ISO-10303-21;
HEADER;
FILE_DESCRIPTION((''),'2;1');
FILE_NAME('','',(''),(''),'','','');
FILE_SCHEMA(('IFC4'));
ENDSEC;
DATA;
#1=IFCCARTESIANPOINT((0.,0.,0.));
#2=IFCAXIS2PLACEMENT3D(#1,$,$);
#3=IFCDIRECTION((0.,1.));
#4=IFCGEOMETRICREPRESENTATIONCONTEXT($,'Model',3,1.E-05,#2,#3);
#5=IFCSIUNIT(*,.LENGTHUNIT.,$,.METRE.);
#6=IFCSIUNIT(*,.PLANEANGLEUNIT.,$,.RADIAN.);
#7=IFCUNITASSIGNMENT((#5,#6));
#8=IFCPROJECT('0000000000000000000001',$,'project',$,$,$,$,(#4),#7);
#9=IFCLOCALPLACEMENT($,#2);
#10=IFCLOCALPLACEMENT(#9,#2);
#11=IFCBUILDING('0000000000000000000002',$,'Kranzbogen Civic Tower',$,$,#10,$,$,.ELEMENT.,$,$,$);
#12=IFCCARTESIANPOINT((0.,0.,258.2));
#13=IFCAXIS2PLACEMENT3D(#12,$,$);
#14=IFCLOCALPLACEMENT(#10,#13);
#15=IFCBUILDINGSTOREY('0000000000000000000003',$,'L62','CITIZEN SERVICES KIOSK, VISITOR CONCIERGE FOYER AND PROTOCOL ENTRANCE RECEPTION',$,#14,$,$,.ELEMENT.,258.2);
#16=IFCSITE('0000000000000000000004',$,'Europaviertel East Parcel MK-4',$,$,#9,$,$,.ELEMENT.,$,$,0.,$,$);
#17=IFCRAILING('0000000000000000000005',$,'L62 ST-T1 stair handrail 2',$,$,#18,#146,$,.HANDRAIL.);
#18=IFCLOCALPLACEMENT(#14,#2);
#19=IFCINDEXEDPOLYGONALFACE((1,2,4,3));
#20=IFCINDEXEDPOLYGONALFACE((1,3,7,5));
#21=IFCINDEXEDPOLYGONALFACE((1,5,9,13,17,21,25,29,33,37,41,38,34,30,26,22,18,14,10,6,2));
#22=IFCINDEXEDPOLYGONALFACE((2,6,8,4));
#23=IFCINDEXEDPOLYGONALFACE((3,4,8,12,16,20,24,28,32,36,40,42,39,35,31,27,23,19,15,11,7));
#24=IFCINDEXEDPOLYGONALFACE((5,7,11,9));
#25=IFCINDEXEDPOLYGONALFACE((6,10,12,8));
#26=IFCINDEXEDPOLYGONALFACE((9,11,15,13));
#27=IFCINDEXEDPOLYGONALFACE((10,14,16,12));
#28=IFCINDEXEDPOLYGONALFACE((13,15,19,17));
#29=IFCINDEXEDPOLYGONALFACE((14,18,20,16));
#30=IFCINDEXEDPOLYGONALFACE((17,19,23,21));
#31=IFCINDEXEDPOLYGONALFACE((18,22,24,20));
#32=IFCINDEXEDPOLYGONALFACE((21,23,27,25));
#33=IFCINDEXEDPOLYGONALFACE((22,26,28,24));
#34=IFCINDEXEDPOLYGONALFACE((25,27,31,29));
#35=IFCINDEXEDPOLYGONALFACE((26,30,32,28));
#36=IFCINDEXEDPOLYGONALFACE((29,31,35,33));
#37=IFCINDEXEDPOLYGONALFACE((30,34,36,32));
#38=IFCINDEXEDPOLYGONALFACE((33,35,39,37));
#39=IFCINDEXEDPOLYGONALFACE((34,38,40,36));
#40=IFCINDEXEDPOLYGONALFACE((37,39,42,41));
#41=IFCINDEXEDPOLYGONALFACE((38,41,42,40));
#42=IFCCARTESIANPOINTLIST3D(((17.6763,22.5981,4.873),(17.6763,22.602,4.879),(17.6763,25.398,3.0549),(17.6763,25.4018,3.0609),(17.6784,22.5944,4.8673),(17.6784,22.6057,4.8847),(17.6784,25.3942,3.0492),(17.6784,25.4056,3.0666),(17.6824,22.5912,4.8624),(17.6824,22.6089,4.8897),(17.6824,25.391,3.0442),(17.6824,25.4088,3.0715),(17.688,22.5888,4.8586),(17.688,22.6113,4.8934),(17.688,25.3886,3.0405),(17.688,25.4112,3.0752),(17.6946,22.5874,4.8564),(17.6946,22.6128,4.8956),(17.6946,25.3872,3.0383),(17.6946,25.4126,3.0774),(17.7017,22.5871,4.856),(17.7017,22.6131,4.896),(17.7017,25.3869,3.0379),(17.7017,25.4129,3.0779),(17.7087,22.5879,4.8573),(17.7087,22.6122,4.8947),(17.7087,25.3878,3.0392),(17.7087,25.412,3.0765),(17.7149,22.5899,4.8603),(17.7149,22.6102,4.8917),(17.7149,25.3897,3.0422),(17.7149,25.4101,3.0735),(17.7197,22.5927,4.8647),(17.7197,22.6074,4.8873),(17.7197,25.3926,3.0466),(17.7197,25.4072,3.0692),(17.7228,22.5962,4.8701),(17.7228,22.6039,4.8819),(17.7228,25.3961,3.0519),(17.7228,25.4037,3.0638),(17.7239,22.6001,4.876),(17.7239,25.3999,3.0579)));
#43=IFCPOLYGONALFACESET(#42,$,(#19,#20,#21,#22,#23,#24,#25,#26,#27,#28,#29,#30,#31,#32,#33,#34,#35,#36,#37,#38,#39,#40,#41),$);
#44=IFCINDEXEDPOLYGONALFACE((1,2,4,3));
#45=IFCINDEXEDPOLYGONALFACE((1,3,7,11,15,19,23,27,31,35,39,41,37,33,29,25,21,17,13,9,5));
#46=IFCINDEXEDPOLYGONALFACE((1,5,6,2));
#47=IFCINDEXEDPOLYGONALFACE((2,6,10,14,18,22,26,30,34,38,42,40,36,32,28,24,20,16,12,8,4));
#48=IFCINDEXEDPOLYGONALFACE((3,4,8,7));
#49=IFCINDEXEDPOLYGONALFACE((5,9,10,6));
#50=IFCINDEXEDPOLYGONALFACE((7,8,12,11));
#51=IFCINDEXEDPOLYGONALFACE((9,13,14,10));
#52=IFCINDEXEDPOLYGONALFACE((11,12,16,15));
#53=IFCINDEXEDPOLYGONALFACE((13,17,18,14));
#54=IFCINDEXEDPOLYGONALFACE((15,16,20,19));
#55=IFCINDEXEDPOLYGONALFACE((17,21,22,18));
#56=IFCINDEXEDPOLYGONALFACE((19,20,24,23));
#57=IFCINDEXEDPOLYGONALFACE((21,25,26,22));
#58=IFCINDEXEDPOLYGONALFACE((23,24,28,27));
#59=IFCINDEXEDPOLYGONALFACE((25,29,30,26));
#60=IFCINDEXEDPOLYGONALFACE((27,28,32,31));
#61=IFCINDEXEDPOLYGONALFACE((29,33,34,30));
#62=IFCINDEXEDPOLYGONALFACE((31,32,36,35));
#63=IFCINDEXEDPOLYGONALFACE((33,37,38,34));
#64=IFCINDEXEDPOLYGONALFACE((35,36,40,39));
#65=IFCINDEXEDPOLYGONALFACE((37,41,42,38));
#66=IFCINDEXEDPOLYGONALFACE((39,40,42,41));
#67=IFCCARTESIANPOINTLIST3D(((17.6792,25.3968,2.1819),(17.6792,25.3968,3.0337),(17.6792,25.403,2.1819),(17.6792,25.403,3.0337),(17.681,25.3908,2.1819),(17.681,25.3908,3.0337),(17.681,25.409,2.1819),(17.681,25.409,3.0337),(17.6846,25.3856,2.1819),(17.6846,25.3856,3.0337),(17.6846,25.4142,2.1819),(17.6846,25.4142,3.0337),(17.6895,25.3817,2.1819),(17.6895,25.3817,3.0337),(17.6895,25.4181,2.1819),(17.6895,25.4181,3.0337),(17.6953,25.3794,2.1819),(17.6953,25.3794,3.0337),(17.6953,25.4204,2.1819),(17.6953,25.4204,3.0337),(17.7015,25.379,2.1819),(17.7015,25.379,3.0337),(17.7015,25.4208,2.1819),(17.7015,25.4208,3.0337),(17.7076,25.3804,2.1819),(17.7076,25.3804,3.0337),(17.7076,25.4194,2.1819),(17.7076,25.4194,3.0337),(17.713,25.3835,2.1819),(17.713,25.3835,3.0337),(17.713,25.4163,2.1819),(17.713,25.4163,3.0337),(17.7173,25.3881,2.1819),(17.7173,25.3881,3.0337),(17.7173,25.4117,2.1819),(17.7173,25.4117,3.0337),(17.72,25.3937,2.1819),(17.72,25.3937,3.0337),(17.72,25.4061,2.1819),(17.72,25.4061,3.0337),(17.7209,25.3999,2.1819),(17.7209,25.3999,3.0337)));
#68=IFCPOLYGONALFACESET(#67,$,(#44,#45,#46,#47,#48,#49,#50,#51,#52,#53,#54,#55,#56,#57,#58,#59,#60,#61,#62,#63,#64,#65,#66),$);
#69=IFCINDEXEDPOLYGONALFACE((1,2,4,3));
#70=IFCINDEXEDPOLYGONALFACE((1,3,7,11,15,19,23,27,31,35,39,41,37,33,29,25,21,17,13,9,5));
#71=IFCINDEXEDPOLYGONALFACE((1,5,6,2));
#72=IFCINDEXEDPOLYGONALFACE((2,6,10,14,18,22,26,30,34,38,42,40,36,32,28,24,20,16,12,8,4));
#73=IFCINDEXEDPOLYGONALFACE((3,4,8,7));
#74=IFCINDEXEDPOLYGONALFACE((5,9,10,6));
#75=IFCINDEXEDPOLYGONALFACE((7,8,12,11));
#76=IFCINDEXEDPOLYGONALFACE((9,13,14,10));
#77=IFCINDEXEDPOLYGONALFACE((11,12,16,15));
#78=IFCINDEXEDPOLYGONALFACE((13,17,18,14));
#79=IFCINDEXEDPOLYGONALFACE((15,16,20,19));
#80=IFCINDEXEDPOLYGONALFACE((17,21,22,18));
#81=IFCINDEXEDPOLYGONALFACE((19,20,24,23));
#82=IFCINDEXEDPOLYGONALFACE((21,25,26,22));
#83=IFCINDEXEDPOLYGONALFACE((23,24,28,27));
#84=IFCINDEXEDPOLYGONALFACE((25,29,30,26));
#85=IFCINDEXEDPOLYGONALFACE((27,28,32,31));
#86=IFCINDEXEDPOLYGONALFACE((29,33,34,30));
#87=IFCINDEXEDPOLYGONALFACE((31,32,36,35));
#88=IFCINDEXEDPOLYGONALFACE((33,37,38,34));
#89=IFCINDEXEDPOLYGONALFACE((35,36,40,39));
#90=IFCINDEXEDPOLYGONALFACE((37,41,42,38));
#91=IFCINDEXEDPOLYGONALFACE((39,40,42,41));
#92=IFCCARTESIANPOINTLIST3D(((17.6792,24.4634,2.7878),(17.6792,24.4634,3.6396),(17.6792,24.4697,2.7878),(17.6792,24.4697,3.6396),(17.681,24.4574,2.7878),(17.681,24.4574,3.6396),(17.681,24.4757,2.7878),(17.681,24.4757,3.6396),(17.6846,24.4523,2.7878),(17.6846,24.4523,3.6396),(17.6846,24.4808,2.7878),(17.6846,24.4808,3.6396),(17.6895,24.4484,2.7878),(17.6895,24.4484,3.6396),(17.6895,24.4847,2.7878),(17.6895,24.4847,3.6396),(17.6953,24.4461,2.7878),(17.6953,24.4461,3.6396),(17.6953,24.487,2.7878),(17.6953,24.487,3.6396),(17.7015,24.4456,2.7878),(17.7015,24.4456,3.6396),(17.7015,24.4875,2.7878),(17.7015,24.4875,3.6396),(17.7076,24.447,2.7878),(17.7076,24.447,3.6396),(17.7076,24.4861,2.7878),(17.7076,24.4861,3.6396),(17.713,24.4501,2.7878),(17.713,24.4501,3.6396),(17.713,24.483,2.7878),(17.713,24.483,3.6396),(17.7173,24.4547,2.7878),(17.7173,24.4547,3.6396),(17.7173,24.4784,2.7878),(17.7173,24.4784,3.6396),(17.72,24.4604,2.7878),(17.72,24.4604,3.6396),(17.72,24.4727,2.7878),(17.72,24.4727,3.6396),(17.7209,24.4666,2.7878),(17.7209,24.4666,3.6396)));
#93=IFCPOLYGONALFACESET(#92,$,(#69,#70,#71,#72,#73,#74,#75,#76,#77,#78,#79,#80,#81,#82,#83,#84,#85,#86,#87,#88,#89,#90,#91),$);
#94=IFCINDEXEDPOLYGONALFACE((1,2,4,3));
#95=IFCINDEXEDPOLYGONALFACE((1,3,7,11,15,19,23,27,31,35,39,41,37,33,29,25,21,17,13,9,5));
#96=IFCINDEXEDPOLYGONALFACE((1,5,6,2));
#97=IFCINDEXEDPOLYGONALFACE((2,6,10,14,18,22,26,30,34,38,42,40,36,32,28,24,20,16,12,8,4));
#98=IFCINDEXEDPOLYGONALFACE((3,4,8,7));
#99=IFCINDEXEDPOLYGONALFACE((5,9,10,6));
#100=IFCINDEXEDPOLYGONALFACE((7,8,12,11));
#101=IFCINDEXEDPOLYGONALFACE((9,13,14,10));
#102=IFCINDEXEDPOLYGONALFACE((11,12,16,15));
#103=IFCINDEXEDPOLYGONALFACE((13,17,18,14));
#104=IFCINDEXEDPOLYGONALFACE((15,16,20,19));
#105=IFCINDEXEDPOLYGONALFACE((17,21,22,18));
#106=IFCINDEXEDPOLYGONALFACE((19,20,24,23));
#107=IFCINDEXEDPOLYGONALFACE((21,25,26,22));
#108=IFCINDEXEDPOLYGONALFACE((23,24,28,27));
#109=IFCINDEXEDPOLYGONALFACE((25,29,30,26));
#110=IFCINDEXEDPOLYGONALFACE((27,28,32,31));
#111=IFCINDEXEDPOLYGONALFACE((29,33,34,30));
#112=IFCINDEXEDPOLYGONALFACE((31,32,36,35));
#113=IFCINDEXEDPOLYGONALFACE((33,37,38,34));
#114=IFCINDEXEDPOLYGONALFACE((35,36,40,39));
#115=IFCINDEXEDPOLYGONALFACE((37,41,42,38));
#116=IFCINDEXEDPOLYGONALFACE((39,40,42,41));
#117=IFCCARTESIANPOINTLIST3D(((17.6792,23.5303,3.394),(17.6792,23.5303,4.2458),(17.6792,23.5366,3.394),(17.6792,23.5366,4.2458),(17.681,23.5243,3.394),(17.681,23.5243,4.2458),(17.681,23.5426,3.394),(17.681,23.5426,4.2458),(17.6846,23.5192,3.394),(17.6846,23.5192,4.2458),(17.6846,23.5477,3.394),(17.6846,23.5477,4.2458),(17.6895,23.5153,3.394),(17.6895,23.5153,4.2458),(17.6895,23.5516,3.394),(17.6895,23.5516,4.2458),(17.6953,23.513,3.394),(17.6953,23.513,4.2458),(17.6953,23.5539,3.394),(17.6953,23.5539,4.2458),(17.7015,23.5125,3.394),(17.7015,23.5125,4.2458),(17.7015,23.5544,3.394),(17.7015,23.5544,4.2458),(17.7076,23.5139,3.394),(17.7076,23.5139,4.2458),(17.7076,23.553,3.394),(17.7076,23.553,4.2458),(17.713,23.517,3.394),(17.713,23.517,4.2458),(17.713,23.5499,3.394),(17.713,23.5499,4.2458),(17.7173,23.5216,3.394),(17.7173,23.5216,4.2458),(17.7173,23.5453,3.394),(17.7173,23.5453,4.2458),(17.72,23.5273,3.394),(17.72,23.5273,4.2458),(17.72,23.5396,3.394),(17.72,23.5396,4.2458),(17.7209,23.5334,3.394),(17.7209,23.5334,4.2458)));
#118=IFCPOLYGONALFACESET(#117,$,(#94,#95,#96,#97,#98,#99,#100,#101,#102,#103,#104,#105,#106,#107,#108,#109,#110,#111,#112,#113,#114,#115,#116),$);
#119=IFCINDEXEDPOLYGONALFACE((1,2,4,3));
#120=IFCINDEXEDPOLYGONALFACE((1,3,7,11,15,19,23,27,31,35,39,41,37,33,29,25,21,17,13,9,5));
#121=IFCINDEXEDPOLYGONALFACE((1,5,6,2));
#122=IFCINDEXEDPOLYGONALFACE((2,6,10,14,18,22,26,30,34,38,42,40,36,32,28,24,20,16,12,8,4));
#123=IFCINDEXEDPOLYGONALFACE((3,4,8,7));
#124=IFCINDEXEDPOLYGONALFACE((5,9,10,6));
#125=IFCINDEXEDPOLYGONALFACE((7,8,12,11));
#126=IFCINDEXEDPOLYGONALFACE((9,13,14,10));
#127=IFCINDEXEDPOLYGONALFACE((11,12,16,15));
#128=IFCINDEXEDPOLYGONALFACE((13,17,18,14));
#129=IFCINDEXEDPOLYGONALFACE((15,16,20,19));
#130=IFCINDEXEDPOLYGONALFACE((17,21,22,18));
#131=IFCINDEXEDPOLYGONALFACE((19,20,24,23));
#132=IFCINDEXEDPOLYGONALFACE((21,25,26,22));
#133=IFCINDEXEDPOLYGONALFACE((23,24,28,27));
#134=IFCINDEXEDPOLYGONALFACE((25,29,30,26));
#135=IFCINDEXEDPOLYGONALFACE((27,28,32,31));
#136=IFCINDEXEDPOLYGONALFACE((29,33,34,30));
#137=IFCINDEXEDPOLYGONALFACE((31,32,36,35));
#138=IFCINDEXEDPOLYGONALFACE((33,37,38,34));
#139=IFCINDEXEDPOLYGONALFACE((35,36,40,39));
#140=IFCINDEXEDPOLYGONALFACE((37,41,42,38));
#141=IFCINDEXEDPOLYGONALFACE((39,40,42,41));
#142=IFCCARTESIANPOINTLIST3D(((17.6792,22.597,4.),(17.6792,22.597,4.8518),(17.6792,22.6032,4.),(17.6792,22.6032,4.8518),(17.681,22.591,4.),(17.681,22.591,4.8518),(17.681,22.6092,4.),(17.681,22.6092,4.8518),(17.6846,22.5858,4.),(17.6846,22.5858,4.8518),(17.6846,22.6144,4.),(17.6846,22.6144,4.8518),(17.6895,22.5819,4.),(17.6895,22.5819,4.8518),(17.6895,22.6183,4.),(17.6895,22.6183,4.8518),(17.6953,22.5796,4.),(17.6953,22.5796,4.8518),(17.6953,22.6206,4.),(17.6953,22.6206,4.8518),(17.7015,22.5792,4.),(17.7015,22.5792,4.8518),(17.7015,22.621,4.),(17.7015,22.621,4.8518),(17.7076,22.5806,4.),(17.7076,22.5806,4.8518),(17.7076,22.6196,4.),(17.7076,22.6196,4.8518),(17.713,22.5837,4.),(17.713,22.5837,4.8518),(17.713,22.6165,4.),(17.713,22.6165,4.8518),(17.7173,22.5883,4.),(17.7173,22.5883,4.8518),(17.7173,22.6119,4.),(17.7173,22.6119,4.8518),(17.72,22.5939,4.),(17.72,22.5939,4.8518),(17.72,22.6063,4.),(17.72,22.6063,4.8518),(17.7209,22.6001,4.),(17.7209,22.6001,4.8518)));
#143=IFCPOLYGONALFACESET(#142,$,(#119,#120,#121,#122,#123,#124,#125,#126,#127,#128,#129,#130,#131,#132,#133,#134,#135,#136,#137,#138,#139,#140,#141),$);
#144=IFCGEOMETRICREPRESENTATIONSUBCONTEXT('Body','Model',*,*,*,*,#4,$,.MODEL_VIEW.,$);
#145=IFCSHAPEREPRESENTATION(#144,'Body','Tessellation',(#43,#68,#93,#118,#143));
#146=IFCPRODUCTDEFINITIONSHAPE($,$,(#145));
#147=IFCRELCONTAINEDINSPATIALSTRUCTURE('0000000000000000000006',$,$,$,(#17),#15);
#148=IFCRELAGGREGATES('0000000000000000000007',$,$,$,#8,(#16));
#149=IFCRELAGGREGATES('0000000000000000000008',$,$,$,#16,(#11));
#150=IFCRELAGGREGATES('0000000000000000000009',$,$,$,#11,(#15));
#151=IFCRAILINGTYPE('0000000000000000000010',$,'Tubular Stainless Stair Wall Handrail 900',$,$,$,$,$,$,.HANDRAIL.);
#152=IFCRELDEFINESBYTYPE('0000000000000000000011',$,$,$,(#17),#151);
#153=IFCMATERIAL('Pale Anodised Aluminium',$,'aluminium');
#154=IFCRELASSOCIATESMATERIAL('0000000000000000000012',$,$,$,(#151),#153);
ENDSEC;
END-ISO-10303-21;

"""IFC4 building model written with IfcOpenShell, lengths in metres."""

from ifc_helpers import new_model, si_unit, direction, frame, origin, origin_2d, place, context, subcontext, project, spatial, circle, extrude, material, type_object, element, save


model = new_model("IFC4")

# Units and contexts
model_context = context("Model", 3, precision=1e-05, world=origin(), true_north=direction((0.0, 1.0)))
body_context = subcontext(model_context, "Body", "Model", "MODEL_VIEW")
ifc_project = project(units=[si_unit("LENGTHUNIT", "METRE"), si_unit("PLANEANGLEUNIT", "RADIAN")], contexts=[model_context])

# Site, building, storey
site_placement = place(None, origin())
site = spatial("IfcSite", under=ifc_project, at=site_placement, Name="Europaviertel East Parcel MK-4", CompositionType="ELEMENT", RefElevation=0.0)
building_placement = place(site_placement, origin())
building = spatial("IfcBuilding", under=site, at=building_placement, Name="Kranzbogen Civic Tower", CompositionType="ELEMENT")
storey_placement = place(building_placement, frame((0.0, 0.0, 258.2)))
storey = spatial("IfcBuildingStorey", under=building, at=storey_placement, Name="L62", Description="CITIZEN SERVICES KIOSK, VISITOR CONCIERGE FOYER AND PROTOCOL ENTRANCE RECEPTION", CompositionType="ELEMENT", Elevation=258.2)

# Shared definitions
ifc_material_1 = material(Name="Pale Anodised Aluminium", Category="aluminium")

# Railing
railing_type_1 = type_object("IfcRailingType", Name="Tubular Stainless Stair Wall Handrail 900", PredefinedType="HANDRAIL", material=ifc_material_1)
railing_1_placement = place(storey_placement, frame((17.7, 25.3999, 2.1819)))
element("IfcRailing", 1, at=railing_1_placement, inside=storey, type_object=railing_type_1, Name="L62 ST-T1 stair handrail 2", PredefinedType="HANDRAIL", context=body_context, shape_type="SweptSolid", body=[
    extrude(circle(Radius=0.0239, at=origin_2d()), frame((0.0, 0.0, 0.876), z_axis=(0.0, -0.838684, 0.544618), x_axis=(1.0, 0.0, 0.0)), (0.0, 0.0, 1.0), 3.3384),
    extrude(circle(Radius=0.021, at=origin_2d()), origin(), (0.0, 0.0, 1.0), 0.8518),
    extrude(circle(Radius=0.021, at=origin_2d()), frame((0.0, -0.9333, 0.606)), (0.0, 0.0, 1.0), 0.8518),
    extrude(circle(Radius=0.021, at=origin_2d()), frame((0.0, -1.8665, 1.2122)), (0.0, 0.0, 1.0), 0.8518),
    extrude(circle(Radius=0.021, at=origin_2d()), frame((0.0, -2.7998, 1.8181)), (0.0, 0.0, 1.0), 0.8518),
])

save(model, "model.ifc")
